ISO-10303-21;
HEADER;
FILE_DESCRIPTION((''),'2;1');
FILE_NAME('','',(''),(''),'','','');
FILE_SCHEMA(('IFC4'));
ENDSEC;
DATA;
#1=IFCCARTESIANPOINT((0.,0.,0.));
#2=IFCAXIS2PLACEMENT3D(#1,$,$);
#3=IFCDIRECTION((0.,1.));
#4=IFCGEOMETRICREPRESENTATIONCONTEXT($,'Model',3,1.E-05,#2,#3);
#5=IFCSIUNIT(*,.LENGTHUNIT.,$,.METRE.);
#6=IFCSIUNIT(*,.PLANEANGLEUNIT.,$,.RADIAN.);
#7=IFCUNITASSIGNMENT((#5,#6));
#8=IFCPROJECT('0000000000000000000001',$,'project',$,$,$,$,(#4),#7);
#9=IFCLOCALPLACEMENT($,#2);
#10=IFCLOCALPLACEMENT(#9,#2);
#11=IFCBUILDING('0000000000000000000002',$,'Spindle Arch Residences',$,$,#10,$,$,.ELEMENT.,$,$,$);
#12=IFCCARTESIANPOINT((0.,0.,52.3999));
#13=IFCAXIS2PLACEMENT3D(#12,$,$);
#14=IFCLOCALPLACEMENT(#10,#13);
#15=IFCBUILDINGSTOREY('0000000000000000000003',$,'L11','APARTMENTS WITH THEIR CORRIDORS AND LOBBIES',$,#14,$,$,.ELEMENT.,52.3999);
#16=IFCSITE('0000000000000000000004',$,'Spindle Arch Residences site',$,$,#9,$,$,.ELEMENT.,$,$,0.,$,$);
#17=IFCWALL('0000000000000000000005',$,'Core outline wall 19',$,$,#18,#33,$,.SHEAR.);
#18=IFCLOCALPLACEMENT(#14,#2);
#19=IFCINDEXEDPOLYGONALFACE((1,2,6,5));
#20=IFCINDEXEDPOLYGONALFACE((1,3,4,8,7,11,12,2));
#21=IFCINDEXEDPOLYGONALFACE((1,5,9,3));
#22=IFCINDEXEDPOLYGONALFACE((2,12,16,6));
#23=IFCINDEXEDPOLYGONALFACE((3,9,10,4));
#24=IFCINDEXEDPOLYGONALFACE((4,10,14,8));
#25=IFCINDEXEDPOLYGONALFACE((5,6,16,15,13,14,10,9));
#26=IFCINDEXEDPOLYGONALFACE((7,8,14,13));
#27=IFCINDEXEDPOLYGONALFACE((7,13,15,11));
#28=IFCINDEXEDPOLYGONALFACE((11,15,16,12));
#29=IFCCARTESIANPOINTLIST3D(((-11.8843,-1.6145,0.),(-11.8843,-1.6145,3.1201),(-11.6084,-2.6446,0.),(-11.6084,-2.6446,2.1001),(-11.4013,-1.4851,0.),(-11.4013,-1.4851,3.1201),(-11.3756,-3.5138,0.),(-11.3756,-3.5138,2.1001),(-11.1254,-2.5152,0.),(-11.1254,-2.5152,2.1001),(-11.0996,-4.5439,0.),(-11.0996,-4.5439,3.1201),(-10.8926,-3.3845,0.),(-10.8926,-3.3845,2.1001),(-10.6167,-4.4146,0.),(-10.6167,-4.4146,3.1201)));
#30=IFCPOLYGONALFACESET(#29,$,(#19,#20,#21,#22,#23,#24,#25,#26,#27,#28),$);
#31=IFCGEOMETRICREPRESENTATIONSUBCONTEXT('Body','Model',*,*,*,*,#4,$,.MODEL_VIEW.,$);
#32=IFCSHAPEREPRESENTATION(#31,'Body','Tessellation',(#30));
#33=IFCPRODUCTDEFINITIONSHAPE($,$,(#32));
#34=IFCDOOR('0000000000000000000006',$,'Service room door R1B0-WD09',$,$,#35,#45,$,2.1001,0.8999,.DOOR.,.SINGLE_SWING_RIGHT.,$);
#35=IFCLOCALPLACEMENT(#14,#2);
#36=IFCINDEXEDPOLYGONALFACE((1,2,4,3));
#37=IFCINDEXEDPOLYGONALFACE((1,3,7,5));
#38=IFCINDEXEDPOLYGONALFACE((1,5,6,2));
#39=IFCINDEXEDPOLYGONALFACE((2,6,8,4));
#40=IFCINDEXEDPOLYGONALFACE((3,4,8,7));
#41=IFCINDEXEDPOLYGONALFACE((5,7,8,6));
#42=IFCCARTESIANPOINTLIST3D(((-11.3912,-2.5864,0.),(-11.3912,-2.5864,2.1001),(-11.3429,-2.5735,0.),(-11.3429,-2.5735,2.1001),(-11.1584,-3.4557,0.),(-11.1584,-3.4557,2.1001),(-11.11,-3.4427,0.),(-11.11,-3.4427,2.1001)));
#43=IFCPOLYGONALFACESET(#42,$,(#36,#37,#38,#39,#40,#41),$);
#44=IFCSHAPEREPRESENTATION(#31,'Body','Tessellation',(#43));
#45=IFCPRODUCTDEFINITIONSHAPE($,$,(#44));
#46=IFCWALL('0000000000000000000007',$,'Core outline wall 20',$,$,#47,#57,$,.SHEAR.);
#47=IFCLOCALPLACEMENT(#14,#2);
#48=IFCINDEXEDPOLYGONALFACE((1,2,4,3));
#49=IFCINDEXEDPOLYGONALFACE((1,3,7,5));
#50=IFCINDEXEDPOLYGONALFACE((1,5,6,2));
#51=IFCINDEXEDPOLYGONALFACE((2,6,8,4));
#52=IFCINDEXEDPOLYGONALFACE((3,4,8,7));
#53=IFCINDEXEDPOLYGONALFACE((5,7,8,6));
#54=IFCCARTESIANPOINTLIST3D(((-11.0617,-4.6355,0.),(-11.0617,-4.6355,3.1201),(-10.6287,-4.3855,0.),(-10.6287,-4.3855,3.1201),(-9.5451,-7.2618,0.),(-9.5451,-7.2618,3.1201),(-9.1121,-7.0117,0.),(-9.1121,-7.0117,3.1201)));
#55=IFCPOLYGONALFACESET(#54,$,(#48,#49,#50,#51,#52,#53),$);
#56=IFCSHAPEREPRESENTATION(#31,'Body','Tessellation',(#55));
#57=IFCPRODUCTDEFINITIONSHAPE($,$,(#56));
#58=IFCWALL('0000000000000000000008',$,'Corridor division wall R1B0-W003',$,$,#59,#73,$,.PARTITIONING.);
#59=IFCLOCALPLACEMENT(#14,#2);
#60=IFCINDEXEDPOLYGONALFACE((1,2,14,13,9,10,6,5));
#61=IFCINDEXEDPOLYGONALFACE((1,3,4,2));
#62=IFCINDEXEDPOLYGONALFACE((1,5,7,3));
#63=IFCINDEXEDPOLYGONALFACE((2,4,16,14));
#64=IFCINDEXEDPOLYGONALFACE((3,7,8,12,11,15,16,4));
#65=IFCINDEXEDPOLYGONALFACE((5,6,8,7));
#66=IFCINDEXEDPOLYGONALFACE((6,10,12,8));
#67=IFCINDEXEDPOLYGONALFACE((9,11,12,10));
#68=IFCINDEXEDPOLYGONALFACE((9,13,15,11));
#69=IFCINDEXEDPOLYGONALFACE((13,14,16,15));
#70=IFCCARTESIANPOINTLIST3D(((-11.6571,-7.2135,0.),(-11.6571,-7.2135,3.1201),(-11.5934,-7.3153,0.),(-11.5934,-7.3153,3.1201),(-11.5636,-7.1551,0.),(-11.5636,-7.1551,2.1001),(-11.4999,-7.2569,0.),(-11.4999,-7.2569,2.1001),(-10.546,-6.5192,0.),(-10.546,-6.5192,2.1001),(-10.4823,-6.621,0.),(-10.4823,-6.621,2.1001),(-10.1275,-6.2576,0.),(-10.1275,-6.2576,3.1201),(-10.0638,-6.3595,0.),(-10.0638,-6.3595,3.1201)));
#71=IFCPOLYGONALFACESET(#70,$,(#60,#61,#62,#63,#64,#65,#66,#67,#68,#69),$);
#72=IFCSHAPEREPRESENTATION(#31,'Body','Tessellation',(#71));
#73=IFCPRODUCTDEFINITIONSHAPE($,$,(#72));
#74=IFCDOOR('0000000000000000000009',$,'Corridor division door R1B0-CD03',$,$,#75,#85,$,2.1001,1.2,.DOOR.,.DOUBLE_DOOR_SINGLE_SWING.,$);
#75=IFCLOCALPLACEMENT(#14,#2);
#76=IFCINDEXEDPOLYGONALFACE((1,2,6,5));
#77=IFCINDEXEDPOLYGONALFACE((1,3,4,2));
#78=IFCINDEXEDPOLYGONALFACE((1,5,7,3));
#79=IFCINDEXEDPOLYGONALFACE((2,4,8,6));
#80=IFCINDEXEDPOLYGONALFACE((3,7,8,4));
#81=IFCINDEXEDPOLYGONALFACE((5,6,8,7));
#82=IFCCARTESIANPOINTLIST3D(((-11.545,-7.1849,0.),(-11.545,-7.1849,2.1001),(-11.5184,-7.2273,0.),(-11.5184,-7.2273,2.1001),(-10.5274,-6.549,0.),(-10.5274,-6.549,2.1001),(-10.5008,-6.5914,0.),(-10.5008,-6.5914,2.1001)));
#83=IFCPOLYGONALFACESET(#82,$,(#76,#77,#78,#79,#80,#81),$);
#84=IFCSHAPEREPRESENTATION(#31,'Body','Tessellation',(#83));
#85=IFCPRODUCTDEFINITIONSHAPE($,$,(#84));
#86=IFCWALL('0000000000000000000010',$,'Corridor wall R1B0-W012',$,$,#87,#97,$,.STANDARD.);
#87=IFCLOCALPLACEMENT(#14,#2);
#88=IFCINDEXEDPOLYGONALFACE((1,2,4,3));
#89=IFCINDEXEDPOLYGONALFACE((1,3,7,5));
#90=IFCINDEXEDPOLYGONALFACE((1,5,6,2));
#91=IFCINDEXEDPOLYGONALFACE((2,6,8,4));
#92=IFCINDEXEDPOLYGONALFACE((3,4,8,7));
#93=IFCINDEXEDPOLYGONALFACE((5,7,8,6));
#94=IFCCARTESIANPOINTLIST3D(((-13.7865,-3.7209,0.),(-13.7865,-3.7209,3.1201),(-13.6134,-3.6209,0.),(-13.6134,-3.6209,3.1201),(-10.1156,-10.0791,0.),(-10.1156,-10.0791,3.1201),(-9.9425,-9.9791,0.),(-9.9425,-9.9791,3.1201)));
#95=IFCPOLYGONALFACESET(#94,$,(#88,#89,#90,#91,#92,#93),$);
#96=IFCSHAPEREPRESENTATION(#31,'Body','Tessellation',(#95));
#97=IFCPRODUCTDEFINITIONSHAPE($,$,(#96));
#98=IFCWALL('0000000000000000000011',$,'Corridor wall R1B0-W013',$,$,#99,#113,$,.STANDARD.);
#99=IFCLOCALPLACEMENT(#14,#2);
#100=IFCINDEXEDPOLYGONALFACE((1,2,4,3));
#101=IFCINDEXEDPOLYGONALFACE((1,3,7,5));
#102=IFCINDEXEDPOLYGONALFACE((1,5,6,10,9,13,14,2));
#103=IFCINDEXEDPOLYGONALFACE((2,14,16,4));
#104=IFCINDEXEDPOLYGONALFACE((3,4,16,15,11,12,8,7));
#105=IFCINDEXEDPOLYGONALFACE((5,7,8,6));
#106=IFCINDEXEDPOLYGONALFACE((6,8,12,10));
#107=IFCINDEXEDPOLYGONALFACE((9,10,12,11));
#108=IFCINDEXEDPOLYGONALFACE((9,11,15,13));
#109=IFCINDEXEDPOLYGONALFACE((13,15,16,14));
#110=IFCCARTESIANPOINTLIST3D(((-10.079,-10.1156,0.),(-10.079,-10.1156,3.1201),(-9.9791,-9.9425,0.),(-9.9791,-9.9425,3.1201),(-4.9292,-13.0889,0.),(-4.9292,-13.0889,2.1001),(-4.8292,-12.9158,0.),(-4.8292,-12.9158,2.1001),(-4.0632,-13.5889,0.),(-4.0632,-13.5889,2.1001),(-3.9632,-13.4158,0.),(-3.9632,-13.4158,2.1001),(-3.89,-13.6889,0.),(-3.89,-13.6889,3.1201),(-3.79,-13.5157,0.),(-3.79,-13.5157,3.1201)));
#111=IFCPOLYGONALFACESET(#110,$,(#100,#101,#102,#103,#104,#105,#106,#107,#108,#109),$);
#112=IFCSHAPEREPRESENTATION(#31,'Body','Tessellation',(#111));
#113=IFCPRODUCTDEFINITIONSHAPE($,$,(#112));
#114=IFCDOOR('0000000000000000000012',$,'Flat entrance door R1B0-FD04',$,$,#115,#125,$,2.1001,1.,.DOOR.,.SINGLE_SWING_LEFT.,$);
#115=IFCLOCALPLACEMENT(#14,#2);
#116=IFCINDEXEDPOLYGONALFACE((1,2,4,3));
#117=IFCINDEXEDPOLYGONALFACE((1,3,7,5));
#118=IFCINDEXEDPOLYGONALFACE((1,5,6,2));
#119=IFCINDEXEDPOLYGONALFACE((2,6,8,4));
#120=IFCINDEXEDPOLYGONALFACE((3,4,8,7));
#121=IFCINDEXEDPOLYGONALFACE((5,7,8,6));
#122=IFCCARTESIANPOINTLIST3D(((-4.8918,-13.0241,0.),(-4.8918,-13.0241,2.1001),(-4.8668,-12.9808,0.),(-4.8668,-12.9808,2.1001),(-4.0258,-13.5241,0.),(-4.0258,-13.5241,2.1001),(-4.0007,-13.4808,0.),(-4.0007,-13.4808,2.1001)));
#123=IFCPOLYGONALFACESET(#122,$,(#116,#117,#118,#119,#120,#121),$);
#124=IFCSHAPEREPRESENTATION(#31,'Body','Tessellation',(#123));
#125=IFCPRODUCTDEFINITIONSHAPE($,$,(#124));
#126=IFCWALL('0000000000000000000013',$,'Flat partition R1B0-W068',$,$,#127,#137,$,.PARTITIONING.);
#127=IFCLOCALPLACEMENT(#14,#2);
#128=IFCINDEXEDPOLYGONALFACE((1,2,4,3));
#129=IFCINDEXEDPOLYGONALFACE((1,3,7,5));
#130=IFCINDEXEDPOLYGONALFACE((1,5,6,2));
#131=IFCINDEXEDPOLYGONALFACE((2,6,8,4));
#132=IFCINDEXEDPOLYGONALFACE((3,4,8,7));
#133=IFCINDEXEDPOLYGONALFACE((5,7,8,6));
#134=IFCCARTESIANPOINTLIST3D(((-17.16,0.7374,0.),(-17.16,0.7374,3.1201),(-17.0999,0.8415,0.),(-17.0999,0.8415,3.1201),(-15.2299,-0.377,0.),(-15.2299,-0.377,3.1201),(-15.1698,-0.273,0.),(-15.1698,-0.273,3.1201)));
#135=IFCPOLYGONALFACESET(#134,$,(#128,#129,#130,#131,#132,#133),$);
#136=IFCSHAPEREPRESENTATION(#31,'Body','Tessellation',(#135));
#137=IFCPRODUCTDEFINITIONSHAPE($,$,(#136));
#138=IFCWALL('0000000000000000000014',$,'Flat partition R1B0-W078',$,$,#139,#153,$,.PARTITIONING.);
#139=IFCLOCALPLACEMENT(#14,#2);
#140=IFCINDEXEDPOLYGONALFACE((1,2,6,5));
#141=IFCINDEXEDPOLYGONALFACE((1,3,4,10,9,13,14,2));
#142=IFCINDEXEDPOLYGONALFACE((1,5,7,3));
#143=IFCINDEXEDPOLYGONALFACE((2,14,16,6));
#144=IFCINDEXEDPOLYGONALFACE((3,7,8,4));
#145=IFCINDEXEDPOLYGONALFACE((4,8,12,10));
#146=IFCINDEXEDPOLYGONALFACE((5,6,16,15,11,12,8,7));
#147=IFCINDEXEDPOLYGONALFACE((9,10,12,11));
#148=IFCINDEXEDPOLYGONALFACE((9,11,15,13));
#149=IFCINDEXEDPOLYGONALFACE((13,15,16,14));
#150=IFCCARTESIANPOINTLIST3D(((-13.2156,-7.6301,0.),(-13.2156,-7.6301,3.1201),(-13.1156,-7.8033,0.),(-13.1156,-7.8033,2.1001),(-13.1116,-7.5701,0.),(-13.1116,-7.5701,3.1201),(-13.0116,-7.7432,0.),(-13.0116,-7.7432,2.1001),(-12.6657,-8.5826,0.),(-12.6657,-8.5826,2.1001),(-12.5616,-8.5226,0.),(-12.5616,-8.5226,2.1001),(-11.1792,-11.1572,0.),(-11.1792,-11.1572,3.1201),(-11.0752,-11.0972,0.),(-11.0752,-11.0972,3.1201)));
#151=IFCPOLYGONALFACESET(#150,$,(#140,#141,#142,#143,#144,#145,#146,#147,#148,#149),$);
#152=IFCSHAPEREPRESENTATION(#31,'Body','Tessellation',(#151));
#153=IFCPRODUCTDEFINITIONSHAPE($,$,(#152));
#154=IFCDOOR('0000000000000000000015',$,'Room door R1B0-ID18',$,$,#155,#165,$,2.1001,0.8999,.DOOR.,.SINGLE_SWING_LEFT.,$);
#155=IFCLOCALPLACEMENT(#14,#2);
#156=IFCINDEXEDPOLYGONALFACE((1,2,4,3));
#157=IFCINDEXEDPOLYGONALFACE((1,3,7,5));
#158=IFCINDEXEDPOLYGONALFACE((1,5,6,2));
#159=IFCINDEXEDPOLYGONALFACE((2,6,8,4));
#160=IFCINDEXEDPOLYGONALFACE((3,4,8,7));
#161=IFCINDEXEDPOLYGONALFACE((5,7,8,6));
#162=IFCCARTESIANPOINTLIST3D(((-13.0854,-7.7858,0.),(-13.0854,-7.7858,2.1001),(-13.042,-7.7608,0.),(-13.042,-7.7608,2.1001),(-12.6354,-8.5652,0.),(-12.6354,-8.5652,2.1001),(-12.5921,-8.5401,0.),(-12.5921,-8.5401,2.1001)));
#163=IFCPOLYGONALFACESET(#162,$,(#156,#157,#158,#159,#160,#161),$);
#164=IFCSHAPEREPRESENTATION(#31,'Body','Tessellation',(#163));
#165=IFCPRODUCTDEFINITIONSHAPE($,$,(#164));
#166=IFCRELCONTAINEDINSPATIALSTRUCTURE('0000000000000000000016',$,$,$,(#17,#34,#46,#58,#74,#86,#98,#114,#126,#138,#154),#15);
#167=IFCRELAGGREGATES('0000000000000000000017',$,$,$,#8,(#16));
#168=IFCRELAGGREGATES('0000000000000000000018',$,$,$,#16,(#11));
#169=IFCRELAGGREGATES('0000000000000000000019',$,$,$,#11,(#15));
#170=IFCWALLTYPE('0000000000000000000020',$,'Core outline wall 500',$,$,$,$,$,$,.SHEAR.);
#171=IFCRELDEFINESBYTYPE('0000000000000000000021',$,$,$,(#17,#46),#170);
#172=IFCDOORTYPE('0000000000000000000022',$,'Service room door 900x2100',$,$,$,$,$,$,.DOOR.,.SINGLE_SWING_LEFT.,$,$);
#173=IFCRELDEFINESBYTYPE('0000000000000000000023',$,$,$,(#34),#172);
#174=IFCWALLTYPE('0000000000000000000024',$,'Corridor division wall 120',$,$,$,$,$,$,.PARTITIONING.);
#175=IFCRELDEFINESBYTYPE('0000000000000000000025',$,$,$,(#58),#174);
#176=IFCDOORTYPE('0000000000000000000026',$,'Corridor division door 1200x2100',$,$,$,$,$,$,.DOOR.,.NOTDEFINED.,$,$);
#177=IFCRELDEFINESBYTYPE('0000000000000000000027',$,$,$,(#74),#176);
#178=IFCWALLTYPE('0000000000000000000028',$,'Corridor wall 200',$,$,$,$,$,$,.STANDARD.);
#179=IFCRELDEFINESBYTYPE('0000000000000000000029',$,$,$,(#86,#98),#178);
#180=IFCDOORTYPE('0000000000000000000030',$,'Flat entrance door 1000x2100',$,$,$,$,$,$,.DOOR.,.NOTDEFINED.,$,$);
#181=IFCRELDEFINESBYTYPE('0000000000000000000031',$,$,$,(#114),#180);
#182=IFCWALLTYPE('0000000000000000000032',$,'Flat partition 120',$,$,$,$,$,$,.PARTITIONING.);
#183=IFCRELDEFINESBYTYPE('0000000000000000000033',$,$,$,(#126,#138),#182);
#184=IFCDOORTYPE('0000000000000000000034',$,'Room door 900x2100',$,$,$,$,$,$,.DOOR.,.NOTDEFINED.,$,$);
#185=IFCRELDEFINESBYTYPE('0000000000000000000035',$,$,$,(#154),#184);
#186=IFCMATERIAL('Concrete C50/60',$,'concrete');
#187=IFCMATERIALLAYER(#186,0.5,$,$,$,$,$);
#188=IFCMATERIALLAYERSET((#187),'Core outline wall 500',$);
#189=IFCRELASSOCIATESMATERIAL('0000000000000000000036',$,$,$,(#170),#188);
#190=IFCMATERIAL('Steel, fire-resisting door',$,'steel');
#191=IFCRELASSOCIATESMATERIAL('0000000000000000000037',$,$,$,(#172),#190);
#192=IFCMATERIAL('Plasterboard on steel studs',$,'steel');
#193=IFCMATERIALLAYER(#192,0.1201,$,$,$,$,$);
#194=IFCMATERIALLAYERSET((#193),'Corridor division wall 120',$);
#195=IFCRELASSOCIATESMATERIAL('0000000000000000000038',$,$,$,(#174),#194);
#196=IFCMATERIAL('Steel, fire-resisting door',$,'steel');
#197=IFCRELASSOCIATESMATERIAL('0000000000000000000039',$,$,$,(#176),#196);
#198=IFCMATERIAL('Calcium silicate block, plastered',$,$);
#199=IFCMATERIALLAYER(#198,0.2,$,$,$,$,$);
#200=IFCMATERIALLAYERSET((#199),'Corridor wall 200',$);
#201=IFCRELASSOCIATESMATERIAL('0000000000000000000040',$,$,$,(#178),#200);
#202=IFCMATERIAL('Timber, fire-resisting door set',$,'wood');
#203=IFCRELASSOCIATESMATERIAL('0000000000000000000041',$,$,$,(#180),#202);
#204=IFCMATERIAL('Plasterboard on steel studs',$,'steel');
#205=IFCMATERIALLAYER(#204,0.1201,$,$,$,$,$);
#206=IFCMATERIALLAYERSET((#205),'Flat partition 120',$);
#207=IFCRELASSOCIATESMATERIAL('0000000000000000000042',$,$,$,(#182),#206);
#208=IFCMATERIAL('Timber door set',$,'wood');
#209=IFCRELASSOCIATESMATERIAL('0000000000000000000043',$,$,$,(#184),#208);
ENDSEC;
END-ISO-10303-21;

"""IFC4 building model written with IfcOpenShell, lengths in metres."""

from ifc_helpers import new_model, si_unit, direction, frame, frame_2d, origin, place, context, subcontext, project, spatial, rectangle, extrude, material, layer, layer_set, type_object, element, fill, save


model = new_model("IFC4")

# Units and contexts
model_context = context("Model", 3, precision=1e-05, world=origin(), true_north=direction((0.0, 1.0)))
body_context = subcontext(model_context, "Body", "Model", "MODEL_VIEW")
ifc_project = project(units=[si_unit("LENGTHUNIT", "METRE"), si_unit("PLANEANGLEUNIT", "RADIAN")], contexts=[model_context])

# Site, building, storey
site_placement = place(None, origin())
site = spatial("IfcSite", under=ifc_project, at=site_placement, Name="Spindle Arch Residences site", CompositionType="ELEMENT", RefElevation=0.0)
building_placement = place(site_placement, origin())
building = spatial("IfcBuilding", under=site, at=building_placement, Name="Spindle Arch Residences", CompositionType="ELEMENT")
storey_placement = place(building_placement, frame((0.0, 0.0, 52.3999)))
storey = spatial("IfcBuildingStorey", under=building, at=storey_placement, Name="L11", Description="APARTMENTS WITH THEIR CORRIDORS AND LOBBIES", CompositionType="ELEMENT", Elevation=52.3999)

# Wall, opening, door
ifc_material_1 = material(Name="Concrete C50/60", Category="concrete")
ifc_layer_1 = layer(ifc_material_1, 0.5)
ifc_layer_set_1 = layer_set([ifc_layer_1], Name="Core outline wall 500")
wall_type_1 = type_object("IfcWallType", Name="Core outline wall 500", PredefinedType="SHEAR", material=ifc_layer_set_1)
wall_1_placement = place(storey_placement, frame((-11.6428, -1.5498, 0.0), z_axis=(0.0, 0.0, 1.0), x_axis=(0.258735, -0.965948, 0.0)))
wall_1 = element("IfcWall", 1, at=wall_1_placement, inside=storey, type_object=wall_type_1, Name="Core outline wall 19", PredefinedType="SHEAR", context=body_context, shape_type="SweptSolid", body=[
    extrude(rectangle(XDim=3.0327, YDim=0.5, at=frame_2d((1.5164, 0.0))), origin(), (0.0, 0.0, 1.0), 3.1201),
])
opening_1_placement = place(wall_1_placement, frame((1.0664, 0.0, 0.0)))
opening_1 = element("IfcOpeningElement", 2, at=opening_1_placement, cuts=wall_1, PredefinedType="OPENING", context=body_context, shape_type="SweptSolid", body=[
    extrude(rectangle(XDim=0.8999, YDim=2.1001, at=frame_2d((0.45, 1.05))), frame((0.0, 0.26, 0.0), z_axis=(0.0, -1.0, 0.0), x_axis=(1.0, 0.0, 0.0)), (0.0, 0.0, 1.0), 0.52),
])
ifc_material_2 = material(Name="Steel, fire-resisting door", Category="steel")
door_type_1 = type_object("IfcDoorType", Name="Service room door 900x2100", OperationType="SINGLE_SWING_LEFT", PredefinedType="DOOR", material=ifc_material_2)
door_1_placement = place(opening_1_placement, origin())
door_1 = element("IfcDoor", 3, at=door_1_placement, inside=storey, type_object=door_type_1, Name="Service room door R1B0-WD09", OperationType="SINGLE_SWING_RIGHT", OverallHeight=2.1001, OverallWidth=0.8999, PredefinedType="DOOR", context=body_context, shape_type="SweptSolid", body=[
    extrude(rectangle(XDim=0.8999, YDim=2.1001, at=frame_2d((0.45, 1.05))), frame((0.0, 0.0249, 0.0), z_axis=(0.0, -1.0, 0.0), x_axis=(1.0, 0.0, 0.0)), (0.0, 0.0, 1.0), 0.05),
])
fill(opening_1, door_1)

# Wall
wall_2_placement = place(storey_placement, frame((-10.8452, -4.5105, 0.0), z_axis=(0.0, 0.0, 1.0), x_axis=(0.500087, -0.865975, 0.0)))
element("IfcWall", 4, at=wall_2_placement, inside=storey, type_object=wall_type_1, Name="Core outline wall 20", PredefinedType="SHEAR", context=body_context, shape_type="SweptSolid", body=[
    extrude(rectangle(XDim=3.0327, YDim=0.5, at=frame_2d((1.5164, 0.0))), origin(), (0.0, 0.0, 1.0), 3.1201),
])

# Wall, opening, door
ifc_material_3 = material(Name="Plasterboard on steel studs", Category="steel")
ifc_layer_2 = layer(ifc_material_3, 0.1201)
ifc_layer_set_2 = layer_set([ifc_layer_2], Name="Corridor division wall 120")
wall_type_2 = type_object("IfcWallType", Name="Corridor division wall 120", PredefinedType="PARTITIONING", material=ifc_layer_set_2)
wall_3_placement = place(storey_placement, frame((-11.6252, -7.2644, 0.0), z_axis=(0.0, 0.0, 1.0), x_axis=(0.848036, 0.529938, 0.0)))
wall_3 = element("IfcWall", 5, at=wall_3_placement, inside=storey, type_object=wall_type_2, Name="Corridor division wall R1B0-W003", PredefinedType="PARTITIONING", context=body_context, shape_type="SweptSolid", body=[
    extrude(rectangle(XDim=1.8037, YDim=0.1201, at=frame_2d((0.9019, 0.0))), origin(), (0.0, 0.0, 1.0), 3.1201),
])
opening_2_placement = place(wall_3_placement, frame((0.1101, 0.0, 0.0)))
opening_2 = element("IfcOpeningElement", 6, at=opening_2_placement, cuts=wall_3, PredefinedType="OPENING", context=body_context, shape_type="SweptSolid", body=[
    extrude(rectangle(XDim=1.2, YDim=2.1001, at=frame_2d((0.6001, 1.05))), frame((0.0, 0.0701, 0.0), z_axis=(0.0, -1.0, 0.0), x_axis=(1.0, 0.0, 0.0)), (0.0, 0.0, 1.0), 0.1401),
])
ifc_material_4 = material(Name="Steel, fire-resisting door", Category="steel")
door_type_2 = type_object("IfcDoorType", Name="Corridor division door 1200x2100", OperationType="NOTDEFINED", PredefinedType="DOOR", material=ifc_material_4)
door_2_placement = place(opening_2_placement, origin())
door_2 = element("IfcDoor", 7, at=door_2_placement, inside=storey, type_object=door_type_2, Name="Corridor division door R1B0-CD03", OperationType="DOUBLE_DOOR_SINGLE_SWING", OverallHeight=2.1001, OverallWidth=1.2, PredefinedType="DOOR", context=body_context, shape_type="SweptSolid", body=[
    extrude(rectangle(XDim=1.2, YDim=2.1001, at=frame_2d((0.6001, 1.05))), frame((0.0, 0.0249, 0.0), z_axis=(0.0, -1.0, 0.0), x_axis=(1.0, 0.0, 0.0)), (0.0, 0.0, 1.0), 0.05),
])
fill(opening_2, door_2)

# Wall
ifc_material_5 = material(Name="Calcium silicate block, plastered")
ifc_layer_3 = layer(ifc_material_5, 0.2)
ifc_layer_set_3 = layer_set([ifc_layer_3], Name="Corridor wall 200")
wall_type_3 = type_object("IfcWallType", Name="Corridor wall 200", PredefinedType="STANDARD", material=ifc_layer_set_3)
wall_4_placement = place(storey_placement, frame((-13.7, -3.6709, 0.0), z_axis=(0.0, 0.0, 1.0), x_axis=(0.500002, -0.866024, 0.0)))
element("IfcWall", 8, at=wall_4_placement, inside=storey, type_object=wall_type_3, Name="Corridor wall R1B0-W012", PredefinedType="STANDARD", context=body_context, shape_type="SweptSolid", body=[
    extrude(rectangle(XDim=7.3418, YDim=0.2, at=frame_2d((3.6709, 0.0))), origin(), (0.0, 0.0, 1.0), 3.1201),
])

# Wall, opening, door
wall_5_placement = place(storey_placement, frame((-10.0291, -10.0291, 0.0), z_axis=(0.0, 0.0, 1.0), x_axis=(0.866023, -0.500004, 0.0)))
wall_5 = element("IfcWall", 9, at=wall_5_placement, inside=storey, type_object=wall_type_3, Name="Corridor wall R1B0-W013", PredefinedType="STANDARD", context=body_context, shape_type="SweptSolid", body=[
    extrude(rectangle(XDim=7.1465, YDim=0.2, at=frame_2d((3.5732, 0.0))), origin(), (0.0, 0.0, 1.0), 3.1201),
])
opening_3_placement = place(wall_5_placement, frame((5.9465, 0.0, 0.0)))
opening_3 = element("IfcOpeningElement", 10, at=opening_3_placement, cuts=wall_5, PredefinedType="OPENING", context=body_context, shape_type="SweptSolid", body=[
    extrude(rectangle(XDim=1.0, YDim=2.1001, at=frame_2d((0.5, 1.05))), frame((0.0, 0.1099, 0.0), z_axis=(0.0, -1.0, 0.0), x_axis=(1.0, 0.0, 0.0)), (0.0, 0.0, 1.0), 0.22),
])
ifc_material_6 = material(Name="Timber, fire-resisting door set", Category="wood")
door_type_3 = type_object("IfcDoorType", Name="Flat entrance door 1000x2100", OperationType="NOTDEFINED", PredefinedType="DOOR", material=ifc_material_6)
door_3_placement = place(opening_3_placement, origin())
door_3 = element("IfcDoor", 11, at=door_3_placement, inside=storey, type_object=door_type_3, Name="Flat entrance door R1B0-FD04", OperationType="SINGLE_SWING_LEFT", OverallHeight=2.1001, OverallWidth=1.0, PredefinedType="DOOR", context=body_context, shape_type="SweptSolid", body=[
    extrude(rectangle(XDim=1.0, YDim=2.1001, at=frame_2d((0.5, 1.05))), frame((0.0, 0.0249, 0.0), z_axis=(0.0, -1.0, 0.0), x_axis=(1.0, 0.0, 0.0)), (0.0, 0.0, 1.0), 0.05),
])
fill(opening_3, door_3)

# Wall
ifc_material_7 = material(Name="Plasterboard on steel studs", Category="steel")
ifc_layer_4 = layer(ifc_material_7, 0.1201)
ifc_layer_set_4 = layer_set([ifc_layer_4], Name="Flat partition 120")
wall_type_4 = type_object("IfcWallType", Name="Flat partition 120", PredefinedType="PARTITIONING", material=ifc_layer_set_4)
wall_6_placement = place(storey_placement, frame((-15.2, -0.325, 0.0), z_axis=(0.0, 0.0, 1.0), x_axis=(-0.866003, 0.500039, 0.0)))
element("IfcWall", 12, at=wall_6_placement, inside=storey, type_object=wall_type_4, Name="Flat partition R1B0-W068", PredefinedType="PARTITIONING", context=body_context, shape_type="SweptSolid", body=[
    extrude(rectangle(XDim=2.2288, YDim=0.1201, at=frame_2d((1.1143, 0.0))), origin(), (0.0, 0.0, 1.0), 3.1201),
])

# Wall, opening, door
wall_7_placement = place(storey_placement, frame((-13.1636, -7.6001, 0.0), z_axis=(0.0, 0.0, 1.0), x_axis=(0.500001, -0.866025, 0.0)))
wall_7 = element("IfcWall", 13, at=wall_7_placement, inside=storey, type_object=wall_type_4, Name="Flat partition R1B0-W078", PredefinedType="PARTITIONING", context=body_context, shape_type="SweptSolid", body=[
    extrude(rectangle(XDim=4.0728, YDim=0.1201, at=frame_2d((2.0364, 0.0))), origin(), (0.0, 0.0, 1.0), 3.1201),
])
opening_4_placement = place(wall_7_placement, frame((0.2, 0.0, 0.0)))
opening_4 = element("IfcOpeningElement", 14, at=opening_4_placement, cuts=wall_7, PredefinedType="OPENING", context=body_context, shape_type="SweptSolid", body=[
    extrude(rectangle(XDim=0.8999, YDim=2.1001, at=frame_2d((0.45, 1.05))), frame((0.0, 0.0701, 0.0), z_axis=(0.0, -1.0, 0.0), x_axis=(1.0, 0.0, 0.0)), (0.0, 0.0, 1.0), 0.1401),
])
ifc_material_8 = material(Name="Timber door set", Category="wood")
door_type_4 = type_object("IfcDoorType", Name="Room door 900x2100", OperationType="NOTDEFINED", PredefinedType="DOOR", material=ifc_material_8)
door_4_placement = place(opening_4_placement, origin())
door_4 = element("IfcDoor", 15, at=door_4_placement, inside=storey, type_object=door_type_4, Name="Room door R1B0-ID18", OperationType="SINGLE_SWING_LEFT", OverallHeight=2.1001, OverallWidth=0.8999, PredefinedType="DOOR", context=body_context, shape_type="SweptSolid", body=[
    extrude(rectangle(XDim=0.8999, YDim=2.1001, at=frame_2d((0.45, 1.05))), frame((0.0, 0.0249, 0.0), z_axis=(0.0, -1.0, 0.0), x_axis=(1.0, 0.0, 0.0)), (0.0, 0.0, 1.0), 0.05),
])
fill(opening_4, door_4)

save(model, "model.ifc")
